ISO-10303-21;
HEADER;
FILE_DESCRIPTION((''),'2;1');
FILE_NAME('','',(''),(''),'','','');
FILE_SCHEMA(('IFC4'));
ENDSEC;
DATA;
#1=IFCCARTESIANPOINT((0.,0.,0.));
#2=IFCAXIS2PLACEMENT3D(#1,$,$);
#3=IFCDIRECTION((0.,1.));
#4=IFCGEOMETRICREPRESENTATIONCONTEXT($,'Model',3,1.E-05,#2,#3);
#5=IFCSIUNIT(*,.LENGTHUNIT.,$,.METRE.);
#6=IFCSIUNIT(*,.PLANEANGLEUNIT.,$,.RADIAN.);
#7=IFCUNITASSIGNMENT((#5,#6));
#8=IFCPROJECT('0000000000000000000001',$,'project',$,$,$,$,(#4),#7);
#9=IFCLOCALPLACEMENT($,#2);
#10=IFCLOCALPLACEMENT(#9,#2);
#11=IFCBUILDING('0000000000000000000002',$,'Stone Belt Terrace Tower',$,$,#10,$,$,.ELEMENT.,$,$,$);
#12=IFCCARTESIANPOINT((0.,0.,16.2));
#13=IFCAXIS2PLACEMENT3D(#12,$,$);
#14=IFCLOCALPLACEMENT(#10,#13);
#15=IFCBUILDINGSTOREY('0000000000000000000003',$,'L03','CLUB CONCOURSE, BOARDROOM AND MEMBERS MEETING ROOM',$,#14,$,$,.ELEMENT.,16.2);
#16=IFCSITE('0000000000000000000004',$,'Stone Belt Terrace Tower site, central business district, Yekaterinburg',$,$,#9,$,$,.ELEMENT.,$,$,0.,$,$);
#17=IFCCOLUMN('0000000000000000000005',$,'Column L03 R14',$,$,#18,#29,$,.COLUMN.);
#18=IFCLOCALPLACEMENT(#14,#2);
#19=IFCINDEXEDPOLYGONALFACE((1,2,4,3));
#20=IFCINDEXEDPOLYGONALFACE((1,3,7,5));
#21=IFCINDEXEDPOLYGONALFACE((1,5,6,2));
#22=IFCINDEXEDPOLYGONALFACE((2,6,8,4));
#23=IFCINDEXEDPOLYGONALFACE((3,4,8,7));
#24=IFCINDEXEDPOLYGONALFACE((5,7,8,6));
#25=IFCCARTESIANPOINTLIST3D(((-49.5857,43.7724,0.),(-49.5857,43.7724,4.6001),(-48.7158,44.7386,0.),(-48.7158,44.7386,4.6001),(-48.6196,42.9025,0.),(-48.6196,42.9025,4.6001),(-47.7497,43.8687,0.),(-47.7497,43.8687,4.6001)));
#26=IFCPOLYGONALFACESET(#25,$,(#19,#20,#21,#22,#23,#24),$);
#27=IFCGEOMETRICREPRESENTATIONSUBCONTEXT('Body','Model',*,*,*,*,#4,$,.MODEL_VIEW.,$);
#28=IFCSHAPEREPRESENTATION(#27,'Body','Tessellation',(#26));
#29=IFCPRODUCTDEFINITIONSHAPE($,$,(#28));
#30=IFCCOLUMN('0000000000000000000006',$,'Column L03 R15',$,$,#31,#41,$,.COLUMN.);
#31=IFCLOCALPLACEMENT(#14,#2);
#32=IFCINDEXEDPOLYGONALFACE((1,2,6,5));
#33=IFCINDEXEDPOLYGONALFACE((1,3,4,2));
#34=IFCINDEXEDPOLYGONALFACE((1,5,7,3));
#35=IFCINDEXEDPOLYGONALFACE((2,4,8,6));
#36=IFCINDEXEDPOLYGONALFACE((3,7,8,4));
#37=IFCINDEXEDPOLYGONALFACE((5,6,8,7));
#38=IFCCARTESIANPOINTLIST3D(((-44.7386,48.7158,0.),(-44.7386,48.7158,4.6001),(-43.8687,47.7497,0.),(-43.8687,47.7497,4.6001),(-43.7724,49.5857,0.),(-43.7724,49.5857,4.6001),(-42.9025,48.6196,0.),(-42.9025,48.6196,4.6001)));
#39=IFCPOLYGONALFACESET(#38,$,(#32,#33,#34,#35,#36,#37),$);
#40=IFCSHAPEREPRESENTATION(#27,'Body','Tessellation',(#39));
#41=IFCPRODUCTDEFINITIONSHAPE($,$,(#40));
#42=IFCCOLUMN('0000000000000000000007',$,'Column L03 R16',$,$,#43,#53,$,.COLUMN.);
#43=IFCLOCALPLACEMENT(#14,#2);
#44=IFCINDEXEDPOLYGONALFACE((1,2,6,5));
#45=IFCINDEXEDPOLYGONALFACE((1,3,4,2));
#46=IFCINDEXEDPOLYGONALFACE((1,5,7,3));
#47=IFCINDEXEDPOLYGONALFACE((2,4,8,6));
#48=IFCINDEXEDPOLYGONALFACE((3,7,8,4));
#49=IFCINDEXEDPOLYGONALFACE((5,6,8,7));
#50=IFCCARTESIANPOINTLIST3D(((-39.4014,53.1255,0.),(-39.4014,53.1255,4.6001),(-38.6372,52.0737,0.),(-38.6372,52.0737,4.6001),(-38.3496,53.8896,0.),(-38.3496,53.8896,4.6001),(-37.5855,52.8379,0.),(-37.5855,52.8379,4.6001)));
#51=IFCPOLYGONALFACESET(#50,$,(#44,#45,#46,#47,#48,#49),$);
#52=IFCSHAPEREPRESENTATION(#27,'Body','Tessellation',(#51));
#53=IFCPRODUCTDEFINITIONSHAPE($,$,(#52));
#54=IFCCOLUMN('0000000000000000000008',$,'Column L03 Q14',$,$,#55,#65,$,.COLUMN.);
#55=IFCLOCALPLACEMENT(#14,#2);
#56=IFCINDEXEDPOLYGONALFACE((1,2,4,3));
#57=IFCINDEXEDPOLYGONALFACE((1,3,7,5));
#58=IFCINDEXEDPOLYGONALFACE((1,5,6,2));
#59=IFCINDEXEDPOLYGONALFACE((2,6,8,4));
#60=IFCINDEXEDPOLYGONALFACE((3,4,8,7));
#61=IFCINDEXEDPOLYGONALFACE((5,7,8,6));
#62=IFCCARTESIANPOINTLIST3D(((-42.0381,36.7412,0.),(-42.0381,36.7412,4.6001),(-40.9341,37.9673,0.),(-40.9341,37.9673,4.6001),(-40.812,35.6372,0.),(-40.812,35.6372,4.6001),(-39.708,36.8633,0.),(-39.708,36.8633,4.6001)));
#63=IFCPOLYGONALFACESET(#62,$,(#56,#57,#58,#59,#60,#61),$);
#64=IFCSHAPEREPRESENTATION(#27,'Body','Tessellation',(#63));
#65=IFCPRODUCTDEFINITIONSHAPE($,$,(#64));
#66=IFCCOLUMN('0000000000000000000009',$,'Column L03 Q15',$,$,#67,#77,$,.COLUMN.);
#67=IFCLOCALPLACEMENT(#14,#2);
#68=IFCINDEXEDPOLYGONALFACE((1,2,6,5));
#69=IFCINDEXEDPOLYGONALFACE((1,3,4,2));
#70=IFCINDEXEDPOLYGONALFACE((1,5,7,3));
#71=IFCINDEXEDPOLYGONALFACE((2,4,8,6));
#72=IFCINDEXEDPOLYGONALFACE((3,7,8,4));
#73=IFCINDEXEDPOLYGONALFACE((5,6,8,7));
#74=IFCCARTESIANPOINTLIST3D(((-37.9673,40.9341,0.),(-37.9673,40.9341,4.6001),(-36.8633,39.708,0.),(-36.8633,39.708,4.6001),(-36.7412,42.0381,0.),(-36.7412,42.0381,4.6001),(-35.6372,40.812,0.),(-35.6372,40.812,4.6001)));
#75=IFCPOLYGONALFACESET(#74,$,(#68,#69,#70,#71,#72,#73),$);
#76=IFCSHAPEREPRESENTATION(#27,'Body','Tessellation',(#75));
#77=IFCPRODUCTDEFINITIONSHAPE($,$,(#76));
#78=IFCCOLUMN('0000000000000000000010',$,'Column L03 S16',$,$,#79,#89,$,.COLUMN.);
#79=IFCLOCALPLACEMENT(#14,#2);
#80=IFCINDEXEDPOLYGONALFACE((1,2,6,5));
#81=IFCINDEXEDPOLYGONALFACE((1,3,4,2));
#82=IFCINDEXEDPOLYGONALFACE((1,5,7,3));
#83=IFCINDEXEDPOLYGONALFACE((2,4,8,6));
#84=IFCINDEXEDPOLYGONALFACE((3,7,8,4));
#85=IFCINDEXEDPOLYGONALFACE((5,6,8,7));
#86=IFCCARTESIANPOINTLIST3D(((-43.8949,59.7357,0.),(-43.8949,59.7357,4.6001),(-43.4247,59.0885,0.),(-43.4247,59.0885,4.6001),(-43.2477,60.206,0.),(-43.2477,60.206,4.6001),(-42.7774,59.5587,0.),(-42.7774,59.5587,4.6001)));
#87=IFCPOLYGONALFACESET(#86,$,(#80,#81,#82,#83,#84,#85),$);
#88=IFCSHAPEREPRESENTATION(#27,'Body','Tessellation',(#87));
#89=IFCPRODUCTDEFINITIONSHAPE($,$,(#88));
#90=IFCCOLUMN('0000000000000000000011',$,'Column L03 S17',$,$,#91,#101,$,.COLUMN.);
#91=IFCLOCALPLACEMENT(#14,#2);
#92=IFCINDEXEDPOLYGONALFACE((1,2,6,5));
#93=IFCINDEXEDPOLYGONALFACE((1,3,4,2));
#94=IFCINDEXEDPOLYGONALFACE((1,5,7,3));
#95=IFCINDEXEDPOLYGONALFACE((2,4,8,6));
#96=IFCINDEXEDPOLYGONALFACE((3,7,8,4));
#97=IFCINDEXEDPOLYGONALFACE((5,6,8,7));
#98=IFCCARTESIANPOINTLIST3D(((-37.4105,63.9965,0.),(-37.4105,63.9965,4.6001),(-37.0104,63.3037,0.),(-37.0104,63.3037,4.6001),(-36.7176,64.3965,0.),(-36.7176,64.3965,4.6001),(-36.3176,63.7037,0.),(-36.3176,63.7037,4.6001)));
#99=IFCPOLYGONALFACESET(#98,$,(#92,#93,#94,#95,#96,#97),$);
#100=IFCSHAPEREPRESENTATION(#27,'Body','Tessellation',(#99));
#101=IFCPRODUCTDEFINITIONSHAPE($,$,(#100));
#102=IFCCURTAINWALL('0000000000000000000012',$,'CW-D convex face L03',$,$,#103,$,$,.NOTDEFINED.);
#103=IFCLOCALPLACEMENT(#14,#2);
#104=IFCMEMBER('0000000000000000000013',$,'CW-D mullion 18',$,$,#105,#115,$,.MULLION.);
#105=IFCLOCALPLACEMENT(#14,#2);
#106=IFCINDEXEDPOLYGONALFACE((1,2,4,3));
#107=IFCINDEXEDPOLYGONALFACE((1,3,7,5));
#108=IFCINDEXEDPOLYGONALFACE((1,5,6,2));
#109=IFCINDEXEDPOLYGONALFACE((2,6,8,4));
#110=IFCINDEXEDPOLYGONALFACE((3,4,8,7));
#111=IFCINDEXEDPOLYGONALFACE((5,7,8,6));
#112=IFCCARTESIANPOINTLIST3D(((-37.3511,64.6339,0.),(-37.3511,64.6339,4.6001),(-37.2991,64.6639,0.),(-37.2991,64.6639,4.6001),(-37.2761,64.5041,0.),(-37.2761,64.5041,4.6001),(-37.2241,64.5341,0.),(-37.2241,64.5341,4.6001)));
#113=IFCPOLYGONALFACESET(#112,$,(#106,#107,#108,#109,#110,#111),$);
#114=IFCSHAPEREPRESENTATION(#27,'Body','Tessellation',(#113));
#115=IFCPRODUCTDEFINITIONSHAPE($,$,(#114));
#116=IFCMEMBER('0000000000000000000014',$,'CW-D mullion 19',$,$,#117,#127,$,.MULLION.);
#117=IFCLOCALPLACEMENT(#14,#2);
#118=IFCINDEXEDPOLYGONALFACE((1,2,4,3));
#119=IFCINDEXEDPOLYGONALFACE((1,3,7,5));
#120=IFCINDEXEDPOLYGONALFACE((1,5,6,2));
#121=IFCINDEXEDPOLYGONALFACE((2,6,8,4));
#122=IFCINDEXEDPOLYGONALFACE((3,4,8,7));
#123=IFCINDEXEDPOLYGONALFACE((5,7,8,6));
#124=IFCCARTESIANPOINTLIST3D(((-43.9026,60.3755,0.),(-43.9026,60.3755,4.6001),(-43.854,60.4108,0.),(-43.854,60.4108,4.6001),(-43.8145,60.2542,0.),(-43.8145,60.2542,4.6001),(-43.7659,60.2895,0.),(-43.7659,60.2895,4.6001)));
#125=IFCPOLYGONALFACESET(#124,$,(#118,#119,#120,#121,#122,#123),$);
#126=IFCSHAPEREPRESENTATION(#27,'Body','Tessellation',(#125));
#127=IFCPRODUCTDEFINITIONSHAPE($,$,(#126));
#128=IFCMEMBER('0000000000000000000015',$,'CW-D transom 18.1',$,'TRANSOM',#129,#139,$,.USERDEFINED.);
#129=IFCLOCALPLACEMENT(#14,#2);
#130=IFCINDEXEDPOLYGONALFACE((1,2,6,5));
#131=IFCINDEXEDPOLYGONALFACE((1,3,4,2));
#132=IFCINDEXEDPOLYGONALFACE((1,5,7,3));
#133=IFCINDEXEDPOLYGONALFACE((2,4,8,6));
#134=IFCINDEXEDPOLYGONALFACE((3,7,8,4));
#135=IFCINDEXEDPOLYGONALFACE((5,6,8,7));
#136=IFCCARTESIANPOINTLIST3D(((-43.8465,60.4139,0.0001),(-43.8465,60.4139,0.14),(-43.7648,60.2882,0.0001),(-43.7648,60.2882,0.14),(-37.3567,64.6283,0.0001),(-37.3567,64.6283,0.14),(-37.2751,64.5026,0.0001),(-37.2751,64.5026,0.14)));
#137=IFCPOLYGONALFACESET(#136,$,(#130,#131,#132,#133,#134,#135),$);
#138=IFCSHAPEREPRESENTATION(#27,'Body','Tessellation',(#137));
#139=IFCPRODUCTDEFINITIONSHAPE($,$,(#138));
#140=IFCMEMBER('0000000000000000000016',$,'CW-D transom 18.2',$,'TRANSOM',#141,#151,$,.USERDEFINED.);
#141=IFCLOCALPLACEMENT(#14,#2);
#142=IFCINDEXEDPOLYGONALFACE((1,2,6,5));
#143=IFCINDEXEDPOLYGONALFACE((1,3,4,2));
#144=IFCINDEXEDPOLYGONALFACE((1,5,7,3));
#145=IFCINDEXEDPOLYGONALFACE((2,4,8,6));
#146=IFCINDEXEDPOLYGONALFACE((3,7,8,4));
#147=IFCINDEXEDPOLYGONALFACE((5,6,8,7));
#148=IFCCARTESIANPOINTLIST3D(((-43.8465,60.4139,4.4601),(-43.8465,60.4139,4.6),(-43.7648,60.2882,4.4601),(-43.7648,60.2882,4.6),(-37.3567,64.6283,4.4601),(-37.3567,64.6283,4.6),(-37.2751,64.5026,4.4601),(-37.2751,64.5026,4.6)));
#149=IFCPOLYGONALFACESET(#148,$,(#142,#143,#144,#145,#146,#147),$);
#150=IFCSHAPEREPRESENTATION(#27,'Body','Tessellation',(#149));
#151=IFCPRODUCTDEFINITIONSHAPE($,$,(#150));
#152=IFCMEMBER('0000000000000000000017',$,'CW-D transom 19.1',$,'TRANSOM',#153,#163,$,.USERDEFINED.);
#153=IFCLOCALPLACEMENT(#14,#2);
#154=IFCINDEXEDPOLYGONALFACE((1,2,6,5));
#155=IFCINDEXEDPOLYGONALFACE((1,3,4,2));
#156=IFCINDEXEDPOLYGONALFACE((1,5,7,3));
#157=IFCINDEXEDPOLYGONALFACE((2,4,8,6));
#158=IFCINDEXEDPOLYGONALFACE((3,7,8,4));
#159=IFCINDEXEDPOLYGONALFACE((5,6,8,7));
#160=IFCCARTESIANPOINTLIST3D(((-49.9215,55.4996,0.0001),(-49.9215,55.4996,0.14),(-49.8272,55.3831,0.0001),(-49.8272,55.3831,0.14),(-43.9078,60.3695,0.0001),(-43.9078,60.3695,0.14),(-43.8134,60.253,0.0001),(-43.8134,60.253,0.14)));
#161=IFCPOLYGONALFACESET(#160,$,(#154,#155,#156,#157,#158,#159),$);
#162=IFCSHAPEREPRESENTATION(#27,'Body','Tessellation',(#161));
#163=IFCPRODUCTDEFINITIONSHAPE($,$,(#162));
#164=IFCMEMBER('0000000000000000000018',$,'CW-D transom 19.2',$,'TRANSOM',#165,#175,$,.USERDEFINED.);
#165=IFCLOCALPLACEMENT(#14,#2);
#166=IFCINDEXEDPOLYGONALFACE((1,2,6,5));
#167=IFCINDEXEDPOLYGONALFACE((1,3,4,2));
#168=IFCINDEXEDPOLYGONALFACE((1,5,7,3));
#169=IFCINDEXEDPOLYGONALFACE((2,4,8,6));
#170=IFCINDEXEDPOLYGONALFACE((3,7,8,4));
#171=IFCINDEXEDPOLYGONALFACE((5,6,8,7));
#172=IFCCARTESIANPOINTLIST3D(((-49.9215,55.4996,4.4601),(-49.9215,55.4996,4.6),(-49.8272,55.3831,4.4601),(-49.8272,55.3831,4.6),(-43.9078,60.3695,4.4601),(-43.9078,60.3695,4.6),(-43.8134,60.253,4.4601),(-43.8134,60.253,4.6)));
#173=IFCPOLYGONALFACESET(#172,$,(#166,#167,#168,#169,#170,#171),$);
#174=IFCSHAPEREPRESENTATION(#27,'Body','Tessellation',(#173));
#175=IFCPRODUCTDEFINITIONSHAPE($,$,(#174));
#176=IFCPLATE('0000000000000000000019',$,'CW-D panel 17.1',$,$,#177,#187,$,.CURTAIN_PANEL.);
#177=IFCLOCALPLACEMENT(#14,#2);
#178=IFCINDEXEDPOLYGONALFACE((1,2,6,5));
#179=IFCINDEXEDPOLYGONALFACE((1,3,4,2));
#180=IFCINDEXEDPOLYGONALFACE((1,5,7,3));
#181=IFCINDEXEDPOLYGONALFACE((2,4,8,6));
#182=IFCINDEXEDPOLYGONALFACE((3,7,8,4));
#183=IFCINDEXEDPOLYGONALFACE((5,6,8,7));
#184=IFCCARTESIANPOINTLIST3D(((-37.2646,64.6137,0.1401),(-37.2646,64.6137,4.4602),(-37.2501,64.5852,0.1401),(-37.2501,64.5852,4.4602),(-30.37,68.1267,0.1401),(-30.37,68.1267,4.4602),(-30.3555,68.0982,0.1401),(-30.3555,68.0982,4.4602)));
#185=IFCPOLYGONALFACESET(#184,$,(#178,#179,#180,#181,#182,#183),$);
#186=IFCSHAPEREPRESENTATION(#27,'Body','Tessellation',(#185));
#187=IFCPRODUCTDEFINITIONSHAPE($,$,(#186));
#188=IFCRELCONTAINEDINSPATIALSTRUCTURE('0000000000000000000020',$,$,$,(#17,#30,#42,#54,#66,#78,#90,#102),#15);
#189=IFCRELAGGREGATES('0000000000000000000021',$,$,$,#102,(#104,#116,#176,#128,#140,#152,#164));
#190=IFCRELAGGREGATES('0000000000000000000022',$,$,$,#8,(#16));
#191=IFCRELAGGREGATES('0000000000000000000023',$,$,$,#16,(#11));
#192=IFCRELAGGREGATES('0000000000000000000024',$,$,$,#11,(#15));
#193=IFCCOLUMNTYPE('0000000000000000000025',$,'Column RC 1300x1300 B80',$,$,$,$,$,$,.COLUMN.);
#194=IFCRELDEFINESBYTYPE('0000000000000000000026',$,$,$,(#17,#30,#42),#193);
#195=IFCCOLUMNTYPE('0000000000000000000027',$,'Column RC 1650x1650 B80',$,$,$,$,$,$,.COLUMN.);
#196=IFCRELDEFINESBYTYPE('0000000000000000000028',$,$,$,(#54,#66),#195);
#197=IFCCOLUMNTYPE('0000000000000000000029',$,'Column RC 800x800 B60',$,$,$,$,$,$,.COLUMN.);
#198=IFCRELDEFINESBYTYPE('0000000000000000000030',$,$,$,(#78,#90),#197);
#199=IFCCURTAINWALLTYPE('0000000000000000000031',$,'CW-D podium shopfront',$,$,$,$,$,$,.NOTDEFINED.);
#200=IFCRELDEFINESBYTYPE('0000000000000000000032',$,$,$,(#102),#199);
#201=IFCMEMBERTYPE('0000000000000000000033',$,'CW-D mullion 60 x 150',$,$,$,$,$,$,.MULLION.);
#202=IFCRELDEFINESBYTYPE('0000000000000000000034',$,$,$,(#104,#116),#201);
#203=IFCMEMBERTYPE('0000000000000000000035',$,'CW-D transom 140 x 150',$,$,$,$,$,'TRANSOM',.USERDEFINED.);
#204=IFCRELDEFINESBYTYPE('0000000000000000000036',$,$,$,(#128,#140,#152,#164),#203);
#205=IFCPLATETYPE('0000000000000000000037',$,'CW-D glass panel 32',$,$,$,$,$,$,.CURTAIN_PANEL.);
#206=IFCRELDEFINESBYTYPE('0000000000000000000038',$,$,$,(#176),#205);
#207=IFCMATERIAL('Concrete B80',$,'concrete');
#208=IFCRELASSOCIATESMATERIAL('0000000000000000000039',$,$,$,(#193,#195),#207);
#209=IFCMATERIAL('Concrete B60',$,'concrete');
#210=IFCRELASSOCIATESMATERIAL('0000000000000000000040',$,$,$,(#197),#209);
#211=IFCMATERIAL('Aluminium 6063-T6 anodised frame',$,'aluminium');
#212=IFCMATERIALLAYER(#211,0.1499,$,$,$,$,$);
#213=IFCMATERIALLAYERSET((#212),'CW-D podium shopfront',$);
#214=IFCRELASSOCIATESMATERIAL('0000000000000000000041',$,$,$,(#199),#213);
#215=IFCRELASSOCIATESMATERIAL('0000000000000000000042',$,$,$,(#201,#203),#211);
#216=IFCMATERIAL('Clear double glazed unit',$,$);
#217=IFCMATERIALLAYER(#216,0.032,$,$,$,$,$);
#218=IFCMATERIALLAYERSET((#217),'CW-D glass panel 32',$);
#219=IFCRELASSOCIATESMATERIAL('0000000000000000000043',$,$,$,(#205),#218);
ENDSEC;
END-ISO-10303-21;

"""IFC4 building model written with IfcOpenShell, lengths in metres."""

from ifc_helpers import new_model, si_unit, direction, frame, origin, origin_2d, place, context, subcontext, project, spatial, rectangle, extrude, material, layer, layer_set, material_profile, profile_set, type_object, element, aggregate, save


model = new_model("IFC4")

# Units and contexts
model_context = context("Model", 3, precision=1e-05, world=origin(), true_north=direction((0.0, 1.0)))
body_context = subcontext(model_context, "Body", "Model", "MODEL_VIEW")
ifc_project = project(units=[si_unit("LENGTHUNIT", "METRE"), si_unit("PLANEANGLEUNIT", "RADIAN")], contexts=[model_context])

# Site, building, storey
site_placement = place(None, origin())
site = spatial("IfcSite", under=ifc_project, at=site_placement, Name="Stone Belt Terrace Tower site, central business district, Yekaterinburg", CompositionType="ELEMENT", RefElevation=0.0)
building_placement = place(site_placement, origin())
building = spatial("IfcBuilding", under=site, at=building_placement, Name="Stone Belt Terrace Tower", CompositionType="ELEMENT")
storey_placement = place(building_placement, frame((0.0, 0.0, 16.2)))
storey = spatial("IfcBuildingStorey", under=building, at=storey_placement, Name="L03", Description="CLUB CONCOURSE, BOARDROOM AND MEMBERS MEETING ROOM", CompositionType="ELEMENT", Elevation=16.2)

# Columns
ifc_material_1 = material(Name="Concrete B80", Category="concrete")
ifc_material_profile_1 = material_profile(ifc_material_1, rectangle(XDim=1.3, YDim=1.3, at=origin_2d()), Name="RC 1300x1300")
ifc_profile_set_1 = profile_set([ifc_material_profile_1], Name="Concrete B80")
column_type_1 = type_object("IfcColumnType", Name="Column RC 1300x1300 B80", PredefinedType="COLUMN", material=ifc_profile_set_1)
for number, where, z_axis, x_axis, name in (
    (1, (-48.6677, 43.8206, 0.0), (0.0, 0.0, 1.0), (0.669131, 0.743145, 0.0), "Column L03 R14"),
    (2, (-43.8206, 48.6677, 0.0), (0.0, 0.0, 1.0), (0.743145, 0.669131, 0.0), "Column L03 R15"),
    (3, (-38.4934, 52.9817, 0.0), (0.0, 0.0, 1.0), (0.809017, 0.587785, 0.0), "Column L03 R16"),
):
    element("IfcColumn", number, at=place(storey_placement, frame(where, z_axis=z_axis, x_axis=x_axis)), inside=storey, type_object=column_type_1, Name=name, PredefinedType="COLUMN", context=body_context, shape_type="SweptSolid", body=[
        extrude(rectangle(XDim=1.3, YDim=1.3, at=origin_2d()), origin(), (0.0, 0.0, 1.0), 4.6001),
    ])
ifc_material_profile_2 = material_profile(ifc_material_1, rectangle(XDim=1.6499, YDim=1.6499, at=origin_2d()), Name="RC 1650x1650")
ifc_profile_set_2 = profile_set([ifc_material_profile_2], Name="Concrete B80")
column_type_2 = type_object("IfcColumnType", Name="Column RC 1650x1650 B80", PredefinedType="COLUMN", material=ifc_profile_set_2)
for number, where, z_axis, x_axis, name in (
    (4, (-40.873, 36.8022, 0.0), (0.0, 0.0, 1.0), (0.669131, 0.743145, 0.0), "Column L03 Q14"),
    (5, (-36.8022, 40.873, 0.0), (0.0, 0.0, 1.0), (0.743145, 0.669131, 0.0), "Column L03 Q15"),
):
    element("IfcColumn", number, at=place(storey_placement, frame(where, z_axis=z_axis, x_axis=x_axis)), inside=storey, type_object=column_type_2, Name=name, PredefinedType="COLUMN", context=body_context, shape_type="SweptSolid", body=[
        extrude(rectangle(XDim=1.6499, YDim=1.6499, at=origin_2d()), origin(), (0.0, 0.0, 1.0), 4.6001),
    ])
ifc_material_2 = material(Name="Concrete B60", Category="concrete")
ifc_material_profile_3 = material_profile(ifc_material_2, rectangle(XDim=0.8, YDim=0.8, at=origin_2d()), Name="RC 800x800")
ifc_profile_set_3 = profile_set([ifc_material_profile_3], Name="Concrete B60")
column_type_3 = type_object("IfcColumnType", Name="Column RC 800x800 B60", PredefinedType="COLUMN", material=ifc_profile_set_3)
for number, where, z_axis, x_axis, name in (
    (6, (-43.3362, 59.6472, 0.0), (0.0, 0.0, 1.0), (0.809017, 0.587785, 0.0), "Column L03 S16"),
    (7, (-36.864, 63.8501, 0.0), (0.0, 0.0, 1.0), (0.866025, 0.5, 0.0), "Column L03 S17"),
):
    element("IfcColumn", number, at=place(storey_placement, frame(where, z_axis=z_axis, x_axis=x_axis)), inside=storey, type_object=column_type_3, Name=name, PredefinedType="COLUMN", context=body_context, shape_type="SweptSolid", body=[
        extrude(rectangle(XDim=0.8, YDim=0.8, at=origin_2d()), origin(), (0.0, 0.0, 1.0), 4.6001),
    ])

# Curtain wall, members, plate
ifc_material_3 = material(Name="Aluminium 6063-T6 anodised frame", Category="aluminium")
ifc_layer_1 = layer(ifc_material_3, 0.1499)
ifc_layer_set_1 = layer_set([ifc_layer_1], Name="CW-D podium shopfront")
curtain_wall_type = type_object("IfcCurtainWallType", Name="CW-D podium shopfront", PredefinedType="NOTDEFINED", material=ifc_layer_set_1)
curtain_wall_placement = place(storey_placement, origin())
curtain_wall = element("IfcCurtainWall", 8, at=curtain_wall_placement, inside=storey, type_object=curtain_wall_type, Name="CW-D convex face L03", PredefinedType="NOTDEFINED")
ifc_material_profile_4 = material_profile(ifc_material_3, rectangle(XDim=0.1499, YDim=0.0601, at=origin_2d()), Name="Aluminium 6063-T6 60x150")
ifc_profile_set_4 = profile_set([ifc_material_profile_4], Name="Aluminium 6063-T6 anodised frame")
member_type_1 = type_object("IfcMemberType", Name="CW-D mullion 60 x 150", PredefinedType="MULLION", material=ifc_profile_set_4)
member_1_placement = place(storey_placement, frame((-37.2876, 64.584, 0.0), z_axis=(0.0, 0.0, 1.0), x_axis=(0.5, -0.866025, 0.0)))
member_1 = element("IfcMember", 9, at=member_1_placement, type_object=member_type_1, Name="CW-D mullion 18", PredefinedType="MULLION", context=body_context, shape_type="SweptSolid", body=[
    extrude(rectangle(XDim=0.1499, YDim=0.0601, at=origin_2d()), origin(), (0.0, 0.0, 1.0), 4.6001),
])
member_2_placement = place(storey_placement, frame((-43.8342, 60.3325, 0.0), z_axis=(0.0, 0.0, 1.0), x_axis=(0.587785, -0.809017, 0.0)))
member_2 = element("IfcMember", 10, at=member_2_placement, type_object=member_type_1, Name="CW-D mullion 19", PredefinedType="MULLION", context=body_context, shape_type="SweptSolid", body=[
    extrude(rectangle(XDim=0.1499, YDim=0.0601, at=origin_2d()), origin(), (0.0, 0.0, 1.0), 4.6001),
])
ifc_material_profile_5 = material_profile(ifc_material_3, rectangle(XDim=0.1499, YDim=0.1399, at=origin_2d()), Name="Aluminium 6063-T6 150x140")
ifc_profile_set_5 = profile_set([ifc_material_profile_5], Name="Aluminium 6063-T6 anodised frame")
member_type_2 = type_object("IfcMemberType", Name="CW-D transom 140 x 150", ElementType="TRANSOM", PredefinedType="USERDEFINED", material=ifc_profile_set_5)
member_3_placement = place(storey_placement, frame((-37.3159, 64.5654, 0.0701), z_axis=(-0.838679, -0.544627, 0.0), x_axis=(0.544627, -0.838679, 0.0)))
member_3 = element("IfcMember", 11, at=member_3_placement, type_object=member_type_2, Name="CW-D transom 18.1", ObjectType="TRANSOM", PredefinedType="USERDEFINED", context=body_context, shape_type="SweptSolid", body=[
    extrude(rectangle(XDim=0.1499, YDim=0.1399, at=origin_2d()), origin(), (0.0, 0.0, 1.0), 7.738),
])
member_4_placement = place(storey_placement, frame((-37.3159, 64.5654, 4.53), z_axis=(-0.838679, -0.544627, 0.0), x_axis=(0.544627, -0.838679, 0.0)))
member_4 = element("IfcMember", 12, at=member_4_placement, type_object=member_type_2, Name="CW-D transom 18.2", ObjectType="TRANSOM", PredefinedType="USERDEFINED", context=body_context, shape_type="SweptSolid", body=[
    extrude(rectangle(XDim=0.1499, YDim=0.1399, at=origin_2d()), origin(), (0.0, 0.0, 1.0), 7.738),
])
member_5_placement = place(storey_placement, frame((-43.8606, 60.3113, 0.0701), z_axis=(-0.77714, -0.629328, 0.0), x_axis=(0.629328, -0.77714, 0.0)))
member_5 = element("IfcMember", 13, at=member_5_placement, type_object=member_type_2, Name="CW-D transom 19.1", ObjectType="TRANSOM", PredefinedType="USERDEFINED", context=body_context, shape_type="SweptSolid", body=[
    extrude(rectangle(XDim=0.1499, YDim=0.1399, at=origin_2d()), origin(), (0.0, 0.0, 1.0), 7.7383),
])
member_6_placement = place(storey_placement, frame((-43.8606, 60.3113, 4.53), z_axis=(-0.77714, -0.629328, 0.0), x_axis=(0.629328, -0.77714, 0.0)))
member_6 = element("IfcMember", 14, at=member_6_placement, type_object=member_type_2, Name="CW-D transom 19.2", ObjectType="TRANSOM", PredefinedType="USERDEFINED", context=body_context, shape_type="SweptSolid", body=[
    extrude(rectangle(XDim=0.1499, YDim=0.1399, at=origin_2d()), origin(), (0.0, 0.0, 1.0), 7.7383),
])
ifc_material_4 = material(Name="Clear double glazed unit")
ifc_layer_2 = layer(ifc_material_4, 0.032)
ifc_layer_set_2 = layer_set([ifc_layer_2], Name="CW-D glass panel 32")
plate_type = type_object("IfcPlateType", Name="CW-D glass panel 32", PredefinedType="CURTAIN_PANEL", material=ifc_layer_set_2)
plate_1_placement = place(storey_placement, frame((-33.8101, 66.356, 0.1401), z_axis=(0.0, 0.0, 1.0), x_axis=(-0.891007, -0.45399, 0.0)))
plate_1 = element("IfcPlate", 15, at=plate_1_placement, type_object=plate_type, Name="CW-D panel 17.1", PredefinedType="CURTAIN_PANEL", context=body_context, shape_type="SweptSolid", body=[
    extrude(rectangle(XDim=7.738, YDim=0.032, at=origin_2d()), origin(), (0.0, 0.0, 1.0), 4.3201),
])
aggregate(curtain_wall, [member_1, member_2, plate_1, member_3, member_4, member_5, member_6])

save(model, "model.ifc")
